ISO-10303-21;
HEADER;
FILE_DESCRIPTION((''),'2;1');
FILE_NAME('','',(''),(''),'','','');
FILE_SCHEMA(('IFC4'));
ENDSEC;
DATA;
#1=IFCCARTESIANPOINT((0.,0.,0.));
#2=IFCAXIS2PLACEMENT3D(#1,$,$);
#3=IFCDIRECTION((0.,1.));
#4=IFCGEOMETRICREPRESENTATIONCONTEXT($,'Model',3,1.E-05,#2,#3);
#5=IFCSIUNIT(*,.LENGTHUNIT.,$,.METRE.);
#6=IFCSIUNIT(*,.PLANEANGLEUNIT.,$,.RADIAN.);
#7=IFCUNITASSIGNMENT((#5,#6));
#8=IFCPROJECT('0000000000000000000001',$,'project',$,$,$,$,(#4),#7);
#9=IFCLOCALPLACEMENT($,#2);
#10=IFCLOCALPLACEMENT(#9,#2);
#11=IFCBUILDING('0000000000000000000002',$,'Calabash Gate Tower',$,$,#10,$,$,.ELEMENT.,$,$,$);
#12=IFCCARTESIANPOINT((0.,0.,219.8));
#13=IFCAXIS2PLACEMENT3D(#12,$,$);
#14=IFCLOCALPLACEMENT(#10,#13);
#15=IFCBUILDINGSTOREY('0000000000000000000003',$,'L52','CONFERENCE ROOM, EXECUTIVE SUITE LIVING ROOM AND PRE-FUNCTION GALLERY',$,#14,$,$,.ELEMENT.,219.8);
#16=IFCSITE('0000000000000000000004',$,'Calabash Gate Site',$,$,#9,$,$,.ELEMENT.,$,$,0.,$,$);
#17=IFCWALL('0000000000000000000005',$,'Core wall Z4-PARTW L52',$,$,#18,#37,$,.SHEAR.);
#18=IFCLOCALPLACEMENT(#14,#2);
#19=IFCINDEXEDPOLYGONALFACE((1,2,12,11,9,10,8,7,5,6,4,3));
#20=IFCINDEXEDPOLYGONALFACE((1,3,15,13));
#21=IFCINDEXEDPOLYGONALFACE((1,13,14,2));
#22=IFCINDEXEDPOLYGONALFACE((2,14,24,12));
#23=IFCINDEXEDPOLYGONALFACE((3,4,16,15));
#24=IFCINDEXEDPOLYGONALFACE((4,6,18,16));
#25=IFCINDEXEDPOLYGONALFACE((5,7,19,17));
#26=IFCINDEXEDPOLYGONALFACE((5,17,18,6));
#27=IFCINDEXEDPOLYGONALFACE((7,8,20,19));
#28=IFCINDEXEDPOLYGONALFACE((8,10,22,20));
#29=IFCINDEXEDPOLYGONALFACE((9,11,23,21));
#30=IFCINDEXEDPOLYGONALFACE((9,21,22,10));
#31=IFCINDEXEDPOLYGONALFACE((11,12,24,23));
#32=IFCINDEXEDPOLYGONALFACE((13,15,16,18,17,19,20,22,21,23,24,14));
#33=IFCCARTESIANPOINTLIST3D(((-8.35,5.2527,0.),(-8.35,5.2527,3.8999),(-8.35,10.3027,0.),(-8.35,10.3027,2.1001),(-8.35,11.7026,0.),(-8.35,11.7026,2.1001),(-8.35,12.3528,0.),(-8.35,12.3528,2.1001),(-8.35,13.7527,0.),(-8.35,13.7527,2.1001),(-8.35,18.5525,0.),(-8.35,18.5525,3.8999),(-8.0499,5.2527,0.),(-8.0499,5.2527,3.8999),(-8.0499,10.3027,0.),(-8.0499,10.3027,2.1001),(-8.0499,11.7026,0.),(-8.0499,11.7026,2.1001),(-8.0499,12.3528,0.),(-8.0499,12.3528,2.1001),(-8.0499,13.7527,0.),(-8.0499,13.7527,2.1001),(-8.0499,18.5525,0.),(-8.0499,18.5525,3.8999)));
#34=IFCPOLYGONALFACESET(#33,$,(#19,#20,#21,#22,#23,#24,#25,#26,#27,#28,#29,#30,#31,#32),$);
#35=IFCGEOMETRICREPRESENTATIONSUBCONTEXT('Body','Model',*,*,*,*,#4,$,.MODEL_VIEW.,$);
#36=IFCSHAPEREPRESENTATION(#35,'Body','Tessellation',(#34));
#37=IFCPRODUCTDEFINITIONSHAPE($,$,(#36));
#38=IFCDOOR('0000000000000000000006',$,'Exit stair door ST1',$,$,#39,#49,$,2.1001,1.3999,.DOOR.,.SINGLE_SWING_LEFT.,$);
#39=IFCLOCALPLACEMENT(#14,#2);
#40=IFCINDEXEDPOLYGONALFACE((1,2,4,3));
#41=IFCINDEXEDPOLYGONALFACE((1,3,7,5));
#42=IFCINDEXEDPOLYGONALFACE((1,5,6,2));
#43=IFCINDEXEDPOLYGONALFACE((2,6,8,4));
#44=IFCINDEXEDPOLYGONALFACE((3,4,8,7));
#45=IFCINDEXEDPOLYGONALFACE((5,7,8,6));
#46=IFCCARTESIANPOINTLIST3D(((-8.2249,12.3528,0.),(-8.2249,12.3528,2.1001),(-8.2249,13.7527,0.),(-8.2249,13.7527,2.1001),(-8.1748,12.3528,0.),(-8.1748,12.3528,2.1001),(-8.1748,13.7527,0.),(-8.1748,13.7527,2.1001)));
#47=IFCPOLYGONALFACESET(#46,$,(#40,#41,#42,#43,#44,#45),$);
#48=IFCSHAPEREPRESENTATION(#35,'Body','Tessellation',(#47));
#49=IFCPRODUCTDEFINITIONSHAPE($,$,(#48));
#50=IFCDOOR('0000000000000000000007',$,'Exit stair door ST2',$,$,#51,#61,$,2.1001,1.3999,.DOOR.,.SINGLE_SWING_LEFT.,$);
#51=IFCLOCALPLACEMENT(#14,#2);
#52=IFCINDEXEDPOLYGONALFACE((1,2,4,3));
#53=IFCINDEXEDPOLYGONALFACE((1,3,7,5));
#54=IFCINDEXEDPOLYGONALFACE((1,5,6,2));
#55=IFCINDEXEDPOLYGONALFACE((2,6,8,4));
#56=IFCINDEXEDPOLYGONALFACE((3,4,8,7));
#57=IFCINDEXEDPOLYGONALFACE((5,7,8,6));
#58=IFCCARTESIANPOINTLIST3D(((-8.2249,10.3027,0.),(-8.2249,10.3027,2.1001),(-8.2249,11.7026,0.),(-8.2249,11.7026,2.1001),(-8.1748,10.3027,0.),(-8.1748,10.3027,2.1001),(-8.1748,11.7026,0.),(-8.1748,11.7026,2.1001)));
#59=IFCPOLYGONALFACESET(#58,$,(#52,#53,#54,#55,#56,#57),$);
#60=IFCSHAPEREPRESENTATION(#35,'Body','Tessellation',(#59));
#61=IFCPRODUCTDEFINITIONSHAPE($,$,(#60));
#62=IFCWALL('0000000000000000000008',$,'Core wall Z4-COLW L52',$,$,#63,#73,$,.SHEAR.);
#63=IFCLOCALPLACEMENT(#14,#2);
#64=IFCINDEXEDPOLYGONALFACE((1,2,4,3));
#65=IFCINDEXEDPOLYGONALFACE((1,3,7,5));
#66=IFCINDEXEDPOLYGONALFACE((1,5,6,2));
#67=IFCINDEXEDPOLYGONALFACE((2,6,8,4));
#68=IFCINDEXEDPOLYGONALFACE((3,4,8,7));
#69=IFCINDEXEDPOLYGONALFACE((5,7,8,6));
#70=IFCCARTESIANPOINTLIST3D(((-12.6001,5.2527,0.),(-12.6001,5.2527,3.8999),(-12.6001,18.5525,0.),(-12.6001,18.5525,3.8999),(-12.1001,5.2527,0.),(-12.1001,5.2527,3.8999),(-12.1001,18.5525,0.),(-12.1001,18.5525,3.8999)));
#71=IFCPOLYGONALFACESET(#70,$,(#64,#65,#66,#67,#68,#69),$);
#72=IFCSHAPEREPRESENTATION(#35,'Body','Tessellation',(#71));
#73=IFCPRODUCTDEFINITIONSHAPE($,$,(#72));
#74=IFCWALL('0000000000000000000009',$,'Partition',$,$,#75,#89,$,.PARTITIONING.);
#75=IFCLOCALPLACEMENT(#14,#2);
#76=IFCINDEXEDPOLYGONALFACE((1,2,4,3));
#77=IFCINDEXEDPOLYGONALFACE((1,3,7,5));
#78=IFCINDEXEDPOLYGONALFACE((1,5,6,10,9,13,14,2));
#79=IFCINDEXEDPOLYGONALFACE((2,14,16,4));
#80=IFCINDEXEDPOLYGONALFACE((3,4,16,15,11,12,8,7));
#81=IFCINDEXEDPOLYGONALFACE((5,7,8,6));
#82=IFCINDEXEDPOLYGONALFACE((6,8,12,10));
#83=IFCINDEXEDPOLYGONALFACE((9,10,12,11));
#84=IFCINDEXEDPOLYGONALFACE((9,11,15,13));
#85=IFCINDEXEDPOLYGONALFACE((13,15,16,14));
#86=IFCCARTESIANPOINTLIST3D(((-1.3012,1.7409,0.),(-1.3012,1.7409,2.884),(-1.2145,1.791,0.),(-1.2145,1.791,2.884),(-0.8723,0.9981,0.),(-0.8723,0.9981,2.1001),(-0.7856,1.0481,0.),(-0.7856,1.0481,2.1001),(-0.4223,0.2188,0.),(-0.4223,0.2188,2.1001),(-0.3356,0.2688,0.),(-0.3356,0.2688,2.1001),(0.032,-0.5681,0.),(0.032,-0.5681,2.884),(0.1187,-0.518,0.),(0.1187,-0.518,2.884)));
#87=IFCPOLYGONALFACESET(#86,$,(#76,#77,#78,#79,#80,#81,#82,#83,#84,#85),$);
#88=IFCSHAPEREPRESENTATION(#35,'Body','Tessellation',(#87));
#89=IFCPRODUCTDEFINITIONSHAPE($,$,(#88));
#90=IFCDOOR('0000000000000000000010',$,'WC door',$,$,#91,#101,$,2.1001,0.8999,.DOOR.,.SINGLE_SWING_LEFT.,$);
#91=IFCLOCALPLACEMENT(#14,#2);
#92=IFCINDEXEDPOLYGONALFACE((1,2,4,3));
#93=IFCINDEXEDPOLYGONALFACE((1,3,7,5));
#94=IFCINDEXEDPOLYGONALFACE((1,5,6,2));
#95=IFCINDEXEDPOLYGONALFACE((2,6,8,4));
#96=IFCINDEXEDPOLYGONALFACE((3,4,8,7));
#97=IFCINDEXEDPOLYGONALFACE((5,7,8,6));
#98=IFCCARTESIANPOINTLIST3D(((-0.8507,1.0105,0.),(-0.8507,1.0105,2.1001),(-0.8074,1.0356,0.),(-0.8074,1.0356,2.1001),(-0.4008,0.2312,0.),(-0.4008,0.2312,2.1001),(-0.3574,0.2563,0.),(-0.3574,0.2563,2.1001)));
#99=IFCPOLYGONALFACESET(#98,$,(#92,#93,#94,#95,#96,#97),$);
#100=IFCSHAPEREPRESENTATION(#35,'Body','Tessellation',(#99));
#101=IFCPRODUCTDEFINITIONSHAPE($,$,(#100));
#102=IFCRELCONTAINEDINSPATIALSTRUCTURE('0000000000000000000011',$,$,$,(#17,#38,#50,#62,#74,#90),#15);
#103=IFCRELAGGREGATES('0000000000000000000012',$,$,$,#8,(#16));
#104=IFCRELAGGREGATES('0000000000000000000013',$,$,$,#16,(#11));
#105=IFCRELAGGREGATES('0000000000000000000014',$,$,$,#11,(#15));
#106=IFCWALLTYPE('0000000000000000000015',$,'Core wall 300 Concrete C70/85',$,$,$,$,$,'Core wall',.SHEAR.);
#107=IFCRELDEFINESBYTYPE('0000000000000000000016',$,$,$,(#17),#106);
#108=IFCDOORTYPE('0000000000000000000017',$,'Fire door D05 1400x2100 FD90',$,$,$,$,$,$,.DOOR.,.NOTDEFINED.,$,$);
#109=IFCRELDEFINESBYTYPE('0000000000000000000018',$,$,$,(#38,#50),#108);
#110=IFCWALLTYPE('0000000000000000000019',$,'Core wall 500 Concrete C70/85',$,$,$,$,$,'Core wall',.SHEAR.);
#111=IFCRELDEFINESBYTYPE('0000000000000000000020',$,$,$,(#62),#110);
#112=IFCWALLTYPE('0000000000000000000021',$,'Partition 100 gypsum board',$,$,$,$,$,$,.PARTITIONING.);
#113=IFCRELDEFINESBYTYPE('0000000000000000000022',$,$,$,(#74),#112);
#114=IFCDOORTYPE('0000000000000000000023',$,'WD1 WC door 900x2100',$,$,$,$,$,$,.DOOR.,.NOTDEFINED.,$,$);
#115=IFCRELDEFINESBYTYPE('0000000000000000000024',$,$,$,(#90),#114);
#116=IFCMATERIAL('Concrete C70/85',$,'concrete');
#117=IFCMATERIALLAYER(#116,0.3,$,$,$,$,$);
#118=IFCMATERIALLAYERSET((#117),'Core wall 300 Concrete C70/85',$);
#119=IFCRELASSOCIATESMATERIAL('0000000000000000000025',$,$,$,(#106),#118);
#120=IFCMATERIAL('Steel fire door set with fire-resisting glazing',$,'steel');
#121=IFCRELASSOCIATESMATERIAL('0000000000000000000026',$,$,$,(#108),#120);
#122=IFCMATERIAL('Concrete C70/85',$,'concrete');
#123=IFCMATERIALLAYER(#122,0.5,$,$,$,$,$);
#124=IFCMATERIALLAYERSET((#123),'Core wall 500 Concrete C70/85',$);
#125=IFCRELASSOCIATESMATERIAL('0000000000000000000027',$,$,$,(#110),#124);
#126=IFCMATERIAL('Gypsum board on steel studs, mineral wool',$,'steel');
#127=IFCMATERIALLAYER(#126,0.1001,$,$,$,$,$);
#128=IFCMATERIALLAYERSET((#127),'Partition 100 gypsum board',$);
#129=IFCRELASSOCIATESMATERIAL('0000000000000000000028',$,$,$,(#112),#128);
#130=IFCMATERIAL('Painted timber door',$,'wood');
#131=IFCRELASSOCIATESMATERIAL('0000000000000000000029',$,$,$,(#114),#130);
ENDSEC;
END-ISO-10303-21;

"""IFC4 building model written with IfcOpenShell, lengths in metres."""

from ifc_helpers import new_model, si_unit, direction, frame, frame_2d, origin, place, context, subcontext, project, spatial, rectangle, extrude, material, layer, layer_set, type_object, element, fill, save


model = new_model("IFC4")

# Units and contexts
model_context = context("Model", 3, precision=1e-05, world=origin(), true_north=direction((0.0, 1.0)))
body_context = subcontext(model_context, "Body", "Model", "MODEL_VIEW")
ifc_project = project(units=[si_unit("LENGTHUNIT", "METRE"), si_unit("PLANEANGLEUNIT", "RADIAN")], contexts=[model_context])

# Site, building, storey
site_placement = place(None, origin())
site = spatial("IfcSite", under=ifc_project, at=site_placement, Name="Calabash Gate Site", CompositionType="ELEMENT", RefElevation=0.0)
building_placement = place(site_placement, origin())
building = spatial("IfcBuilding", under=site, at=building_placement, Name="Calabash Gate Tower", CompositionType="ELEMENT")
storey_placement = place(building_placement, frame((0.0, 0.0, 219.8)))
storey = spatial("IfcBuildingStorey", under=building, at=storey_placement, Name="L52", Description="CONFERENCE ROOM, EXECUTIVE SUITE LIVING ROOM AND PRE-FUNCTION GALLERY", CompositionType="ELEMENT", Elevation=219.8)

# Wall, openings, doors
ifc_material_1 = material(Name="Concrete C70/85", Category="concrete")
ifc_layer_1 = layer(ifc_material_1, 0.3)
ifc_layer_set_1 = layer_set([ifc_layer_1], Name="Core wall 300 Concrete C70/85")
wall_type_1 = type_object("IfcWallType", Name="Core wall 300 Concrete C70/85", ElementType="Core wall", PredefinedType="SHEAR", material=ifc_layer_set_1)
wall_1_placement = place(storey_placement, frame((-8.2, 5.2527, 0.0), z_axis=(0.0, 0.0, 1.0), x_axis=(0.0, 1.0, 0.0)))
wall_1 = element("IfcWall", 1, at=wall_1_placement, inside=storey, type_object=wall_type_1, Name="Core wall Z4-PARTW L52", PredefinedType="SHEAR", context=body_context, shape_type="SweptSolid", body=[
    extrude(rectangle(XDim=13.2998, YDim=0.3, at=frame_2d((6.6499, 0.0))), origin(), (0.0, 0.0, 1.0), 3.8999),
])
opening_1_placement = place(wall_1_placement, frame((7.1001, 0.0, 0.0)))
opening_1 = element("IfcOpeningElement", 2, at=opening_1_placement, cuts=wall_1, PredefinedType="OPENING", context=body_context, shape_type="SweptSolid", body=[
    extrude(rectangle(XDim=1.3999, YDim=2.1001, at=frame_2d((0.7, 1.05))), frame((0.0, 0.1599, 0.0), z_axis=(0.0, -1.0, 0.0), x_axis=(1.0, 0.0, 0.0)), (0.0, 0.0, 1.0), 0.3201),
])
opening_2_placement = place(wall_1_placement, frame((5.05, 0.0, 0.0)))
opening_2 = element("IfcOpeningElement", 3, at=opening_2_placement, cuts=wall_1, PredefinedType="OPENING", context=body_context, shape_type="SweptSolid", body=[
    extrude(rectangle(XDim=1.3999, YDim=2.1001, at=frame_2d((0.7, 1.05))), frame((0.0, 0.1599, 0.0), z_axis=(0.0, -1.0, 0.0), x_axis=(1.0, 0.0, 0.0)), (0.0, 0.0, 1.0), 0.3201),
])
ifc_material_2 = material(Name="Steel fire door set with fire-resisting glazing", Category="steel")
door_type_1 = type_object("IfcDoorType", Name="Fire door D05 1400x2100 FD90", OperationType="NOTDEFINED", PredefinedType="DOOR", material=ifc_material_2)
door_1_placement = place(opening_1_placement, origin())
door_1 = element("IfcDoor", 4, at=door_1_placement, inside=storey, type_object=door_type_1, Name="Exit stair door ST1", OperationType="SINGLE_SWING_LEFT", OverallHeight=2.1001, OverallWidth=1.3999, PredefinedType="DOOR", context=body_context, shape_type="SweptSolid", body=[
    extrude(rectangle(XDim=1.3999, YDim=2.1001, at=frame_2d((0.7, 1.05))), frame((0.0, 0.0249, 0.0), z_axis=(0.0, -1.0, 0.0), x_axis=(1.0, 0.0, 0.0)), (0.0, 0.0, 1.0), 0.05),
])
fill(opening_1, door_1)
door_2_placement = place(opening_2_placement, origin())
door_2 = element("IfcDoor", 5, at=door_2_placement, inside=storey, type_object=door_type_1, Name="Exit stair door ST2", OperationType="SINGLE_SWING_LEFT", OverallHeight=2.1001, OverallWidth=1.3999, PredefinedType="DOOR", context=body_context, shape_type="SweptSolid", body=[
    extrude(rectangle(XDim=1.3999, YDim=2.1001, at=frame_2d((0.7, 1.05))), frame((0.0, 0.0249, 0.0), z_axis=(0.0, -1.0, 0.0), x_axis=(1.0, 0.0, 0.0)), (0.0, 0.0, 1.0), 0.05),
])
fill(opening_2, door_2)

# Wall
ifc_material_3 = material(Name="Concrete C70/85", Category="concrete")
ifc_layer_2 = layer(ifc_material_3, 0.5)
ifc_layer_set_2 = layer_set([ifc_layer_2], Name="Core wall 500 Concrete C70/85")
wall_type_2 = type_object("IfcWallType", Name="Core wall 500 Concrete C70/85", ElementType="Core wall", PredefinedType="SHEAR", material=ifc_layer_set_2)
wall_2_placement = place(storey_placement, frame((-12.3501, 5.2527, 0.0), z_axis=(0.0, 0.0, 1.0), x_axis=(0.0, 1.0, 0.0)))
element("IfcWall", 6, at=wall_2_placement, inside=storey, type_object=wall_type_2, Name="Core wall Z4-COLW L52", PredefinedType="SHEAR", context=body_context, shape_type="SweptSolid", body=[
    extrude(rectangle(XDim=13.2998, YDim=0.5, at=frame_2d((6.6499, 0.0))), origin(), (0.0, 0.0, 1.0), 3.8999),
])

# Wall, opening, door
ifc_material_4 = material(Name="Gypsum board on steel studs, mineral wool", Category="steel")
ifc_layer_3 = layer(ifc_material_4, 0.1001)
ifc_layer_set_3 = layer_set([ifc_layer_3], Name="Partition 100 gypsum board")
wall_type_3 = type_object("IfcWallType", Name="Partition 100 gypsum board", PredefinedType="PARTITIONING", material=ifc_layer_set_3)
wall_3_placement = place(storey_placement, frame((-1.2578, 1.7659, 0.0), z_axis=(0.0, 0.0, 1.0), x_axis=(0.500029, -0.866009, 0.0)))
wall_3 = element("IfcWall", 7, at=wall_3_placement, inside=storey, type_object=wall_type_3, Name="Partition", PredefinedType="PARTITIONING", context=body_context, shape_type="SweptSolid", body=[
    extrude(rectangle(XDim=2.6663, YDim=0.1001, at=frame_2d((1.333, 0.0))), origin(), (0.0, 0.0, 1.0), 2.884),
])
opening_3_placement = place(wall_3_placement, frame((0.8577, 0.0, 0.0)))
opening_3 = element("IfcOpeningElement", 8, at=opening_3_placement, cuts=wall_3, PredefinedType="OPENING", context=body_context, shape_type="SweptSolid", body=[
    extrude(rectangle(XDim=0.8999, YDim=2.1001, at=frame_2d((0.45, 1.05))), frame((0.0, 0.0601, 0.0), z_axis=(0.0, -1.0, 0.0), x_axis=(1.0, 0.0, 0.0)), (0.0, 0.0, 1.0), 0.1201),
])
ifc_material_5 = material(Name="Painted timber door", Category="wood")
door_type_2 = type_object("IfcDoorType", Name="WD1 WC door 900x2100", OperationType="NOTDEFINED", PredefinedType="DOOR", material=ifc_material_5)
door_3_placement = place(opening_3_placement, origin())
door_3 = element("IfcDoor", 9, at=door_3_placement, inside=storey, type_object=door_type_2, Name="WC door", OperationType="SINGLE_SWING_LEFT", OverallHeight=2.1001, OverallWidth=0.8999, PredefinedType="DOOR", context=body_context, shape_type="SweptSolid", body=[
    extrude(rectangle(XDim=0.8999, YDim=2.1001, at=frame_2d((0.45, 1.05))), frame((0.0, 0.0249, 0.0), z_axis=(0.0, -1.0, 0.0), x_axis=(1.0, 0.0, 0.0)), (0.0, 0.0, 1.0), 0.05),
])
fill(opening_3, door_3)

save(model, "model.ifc")
